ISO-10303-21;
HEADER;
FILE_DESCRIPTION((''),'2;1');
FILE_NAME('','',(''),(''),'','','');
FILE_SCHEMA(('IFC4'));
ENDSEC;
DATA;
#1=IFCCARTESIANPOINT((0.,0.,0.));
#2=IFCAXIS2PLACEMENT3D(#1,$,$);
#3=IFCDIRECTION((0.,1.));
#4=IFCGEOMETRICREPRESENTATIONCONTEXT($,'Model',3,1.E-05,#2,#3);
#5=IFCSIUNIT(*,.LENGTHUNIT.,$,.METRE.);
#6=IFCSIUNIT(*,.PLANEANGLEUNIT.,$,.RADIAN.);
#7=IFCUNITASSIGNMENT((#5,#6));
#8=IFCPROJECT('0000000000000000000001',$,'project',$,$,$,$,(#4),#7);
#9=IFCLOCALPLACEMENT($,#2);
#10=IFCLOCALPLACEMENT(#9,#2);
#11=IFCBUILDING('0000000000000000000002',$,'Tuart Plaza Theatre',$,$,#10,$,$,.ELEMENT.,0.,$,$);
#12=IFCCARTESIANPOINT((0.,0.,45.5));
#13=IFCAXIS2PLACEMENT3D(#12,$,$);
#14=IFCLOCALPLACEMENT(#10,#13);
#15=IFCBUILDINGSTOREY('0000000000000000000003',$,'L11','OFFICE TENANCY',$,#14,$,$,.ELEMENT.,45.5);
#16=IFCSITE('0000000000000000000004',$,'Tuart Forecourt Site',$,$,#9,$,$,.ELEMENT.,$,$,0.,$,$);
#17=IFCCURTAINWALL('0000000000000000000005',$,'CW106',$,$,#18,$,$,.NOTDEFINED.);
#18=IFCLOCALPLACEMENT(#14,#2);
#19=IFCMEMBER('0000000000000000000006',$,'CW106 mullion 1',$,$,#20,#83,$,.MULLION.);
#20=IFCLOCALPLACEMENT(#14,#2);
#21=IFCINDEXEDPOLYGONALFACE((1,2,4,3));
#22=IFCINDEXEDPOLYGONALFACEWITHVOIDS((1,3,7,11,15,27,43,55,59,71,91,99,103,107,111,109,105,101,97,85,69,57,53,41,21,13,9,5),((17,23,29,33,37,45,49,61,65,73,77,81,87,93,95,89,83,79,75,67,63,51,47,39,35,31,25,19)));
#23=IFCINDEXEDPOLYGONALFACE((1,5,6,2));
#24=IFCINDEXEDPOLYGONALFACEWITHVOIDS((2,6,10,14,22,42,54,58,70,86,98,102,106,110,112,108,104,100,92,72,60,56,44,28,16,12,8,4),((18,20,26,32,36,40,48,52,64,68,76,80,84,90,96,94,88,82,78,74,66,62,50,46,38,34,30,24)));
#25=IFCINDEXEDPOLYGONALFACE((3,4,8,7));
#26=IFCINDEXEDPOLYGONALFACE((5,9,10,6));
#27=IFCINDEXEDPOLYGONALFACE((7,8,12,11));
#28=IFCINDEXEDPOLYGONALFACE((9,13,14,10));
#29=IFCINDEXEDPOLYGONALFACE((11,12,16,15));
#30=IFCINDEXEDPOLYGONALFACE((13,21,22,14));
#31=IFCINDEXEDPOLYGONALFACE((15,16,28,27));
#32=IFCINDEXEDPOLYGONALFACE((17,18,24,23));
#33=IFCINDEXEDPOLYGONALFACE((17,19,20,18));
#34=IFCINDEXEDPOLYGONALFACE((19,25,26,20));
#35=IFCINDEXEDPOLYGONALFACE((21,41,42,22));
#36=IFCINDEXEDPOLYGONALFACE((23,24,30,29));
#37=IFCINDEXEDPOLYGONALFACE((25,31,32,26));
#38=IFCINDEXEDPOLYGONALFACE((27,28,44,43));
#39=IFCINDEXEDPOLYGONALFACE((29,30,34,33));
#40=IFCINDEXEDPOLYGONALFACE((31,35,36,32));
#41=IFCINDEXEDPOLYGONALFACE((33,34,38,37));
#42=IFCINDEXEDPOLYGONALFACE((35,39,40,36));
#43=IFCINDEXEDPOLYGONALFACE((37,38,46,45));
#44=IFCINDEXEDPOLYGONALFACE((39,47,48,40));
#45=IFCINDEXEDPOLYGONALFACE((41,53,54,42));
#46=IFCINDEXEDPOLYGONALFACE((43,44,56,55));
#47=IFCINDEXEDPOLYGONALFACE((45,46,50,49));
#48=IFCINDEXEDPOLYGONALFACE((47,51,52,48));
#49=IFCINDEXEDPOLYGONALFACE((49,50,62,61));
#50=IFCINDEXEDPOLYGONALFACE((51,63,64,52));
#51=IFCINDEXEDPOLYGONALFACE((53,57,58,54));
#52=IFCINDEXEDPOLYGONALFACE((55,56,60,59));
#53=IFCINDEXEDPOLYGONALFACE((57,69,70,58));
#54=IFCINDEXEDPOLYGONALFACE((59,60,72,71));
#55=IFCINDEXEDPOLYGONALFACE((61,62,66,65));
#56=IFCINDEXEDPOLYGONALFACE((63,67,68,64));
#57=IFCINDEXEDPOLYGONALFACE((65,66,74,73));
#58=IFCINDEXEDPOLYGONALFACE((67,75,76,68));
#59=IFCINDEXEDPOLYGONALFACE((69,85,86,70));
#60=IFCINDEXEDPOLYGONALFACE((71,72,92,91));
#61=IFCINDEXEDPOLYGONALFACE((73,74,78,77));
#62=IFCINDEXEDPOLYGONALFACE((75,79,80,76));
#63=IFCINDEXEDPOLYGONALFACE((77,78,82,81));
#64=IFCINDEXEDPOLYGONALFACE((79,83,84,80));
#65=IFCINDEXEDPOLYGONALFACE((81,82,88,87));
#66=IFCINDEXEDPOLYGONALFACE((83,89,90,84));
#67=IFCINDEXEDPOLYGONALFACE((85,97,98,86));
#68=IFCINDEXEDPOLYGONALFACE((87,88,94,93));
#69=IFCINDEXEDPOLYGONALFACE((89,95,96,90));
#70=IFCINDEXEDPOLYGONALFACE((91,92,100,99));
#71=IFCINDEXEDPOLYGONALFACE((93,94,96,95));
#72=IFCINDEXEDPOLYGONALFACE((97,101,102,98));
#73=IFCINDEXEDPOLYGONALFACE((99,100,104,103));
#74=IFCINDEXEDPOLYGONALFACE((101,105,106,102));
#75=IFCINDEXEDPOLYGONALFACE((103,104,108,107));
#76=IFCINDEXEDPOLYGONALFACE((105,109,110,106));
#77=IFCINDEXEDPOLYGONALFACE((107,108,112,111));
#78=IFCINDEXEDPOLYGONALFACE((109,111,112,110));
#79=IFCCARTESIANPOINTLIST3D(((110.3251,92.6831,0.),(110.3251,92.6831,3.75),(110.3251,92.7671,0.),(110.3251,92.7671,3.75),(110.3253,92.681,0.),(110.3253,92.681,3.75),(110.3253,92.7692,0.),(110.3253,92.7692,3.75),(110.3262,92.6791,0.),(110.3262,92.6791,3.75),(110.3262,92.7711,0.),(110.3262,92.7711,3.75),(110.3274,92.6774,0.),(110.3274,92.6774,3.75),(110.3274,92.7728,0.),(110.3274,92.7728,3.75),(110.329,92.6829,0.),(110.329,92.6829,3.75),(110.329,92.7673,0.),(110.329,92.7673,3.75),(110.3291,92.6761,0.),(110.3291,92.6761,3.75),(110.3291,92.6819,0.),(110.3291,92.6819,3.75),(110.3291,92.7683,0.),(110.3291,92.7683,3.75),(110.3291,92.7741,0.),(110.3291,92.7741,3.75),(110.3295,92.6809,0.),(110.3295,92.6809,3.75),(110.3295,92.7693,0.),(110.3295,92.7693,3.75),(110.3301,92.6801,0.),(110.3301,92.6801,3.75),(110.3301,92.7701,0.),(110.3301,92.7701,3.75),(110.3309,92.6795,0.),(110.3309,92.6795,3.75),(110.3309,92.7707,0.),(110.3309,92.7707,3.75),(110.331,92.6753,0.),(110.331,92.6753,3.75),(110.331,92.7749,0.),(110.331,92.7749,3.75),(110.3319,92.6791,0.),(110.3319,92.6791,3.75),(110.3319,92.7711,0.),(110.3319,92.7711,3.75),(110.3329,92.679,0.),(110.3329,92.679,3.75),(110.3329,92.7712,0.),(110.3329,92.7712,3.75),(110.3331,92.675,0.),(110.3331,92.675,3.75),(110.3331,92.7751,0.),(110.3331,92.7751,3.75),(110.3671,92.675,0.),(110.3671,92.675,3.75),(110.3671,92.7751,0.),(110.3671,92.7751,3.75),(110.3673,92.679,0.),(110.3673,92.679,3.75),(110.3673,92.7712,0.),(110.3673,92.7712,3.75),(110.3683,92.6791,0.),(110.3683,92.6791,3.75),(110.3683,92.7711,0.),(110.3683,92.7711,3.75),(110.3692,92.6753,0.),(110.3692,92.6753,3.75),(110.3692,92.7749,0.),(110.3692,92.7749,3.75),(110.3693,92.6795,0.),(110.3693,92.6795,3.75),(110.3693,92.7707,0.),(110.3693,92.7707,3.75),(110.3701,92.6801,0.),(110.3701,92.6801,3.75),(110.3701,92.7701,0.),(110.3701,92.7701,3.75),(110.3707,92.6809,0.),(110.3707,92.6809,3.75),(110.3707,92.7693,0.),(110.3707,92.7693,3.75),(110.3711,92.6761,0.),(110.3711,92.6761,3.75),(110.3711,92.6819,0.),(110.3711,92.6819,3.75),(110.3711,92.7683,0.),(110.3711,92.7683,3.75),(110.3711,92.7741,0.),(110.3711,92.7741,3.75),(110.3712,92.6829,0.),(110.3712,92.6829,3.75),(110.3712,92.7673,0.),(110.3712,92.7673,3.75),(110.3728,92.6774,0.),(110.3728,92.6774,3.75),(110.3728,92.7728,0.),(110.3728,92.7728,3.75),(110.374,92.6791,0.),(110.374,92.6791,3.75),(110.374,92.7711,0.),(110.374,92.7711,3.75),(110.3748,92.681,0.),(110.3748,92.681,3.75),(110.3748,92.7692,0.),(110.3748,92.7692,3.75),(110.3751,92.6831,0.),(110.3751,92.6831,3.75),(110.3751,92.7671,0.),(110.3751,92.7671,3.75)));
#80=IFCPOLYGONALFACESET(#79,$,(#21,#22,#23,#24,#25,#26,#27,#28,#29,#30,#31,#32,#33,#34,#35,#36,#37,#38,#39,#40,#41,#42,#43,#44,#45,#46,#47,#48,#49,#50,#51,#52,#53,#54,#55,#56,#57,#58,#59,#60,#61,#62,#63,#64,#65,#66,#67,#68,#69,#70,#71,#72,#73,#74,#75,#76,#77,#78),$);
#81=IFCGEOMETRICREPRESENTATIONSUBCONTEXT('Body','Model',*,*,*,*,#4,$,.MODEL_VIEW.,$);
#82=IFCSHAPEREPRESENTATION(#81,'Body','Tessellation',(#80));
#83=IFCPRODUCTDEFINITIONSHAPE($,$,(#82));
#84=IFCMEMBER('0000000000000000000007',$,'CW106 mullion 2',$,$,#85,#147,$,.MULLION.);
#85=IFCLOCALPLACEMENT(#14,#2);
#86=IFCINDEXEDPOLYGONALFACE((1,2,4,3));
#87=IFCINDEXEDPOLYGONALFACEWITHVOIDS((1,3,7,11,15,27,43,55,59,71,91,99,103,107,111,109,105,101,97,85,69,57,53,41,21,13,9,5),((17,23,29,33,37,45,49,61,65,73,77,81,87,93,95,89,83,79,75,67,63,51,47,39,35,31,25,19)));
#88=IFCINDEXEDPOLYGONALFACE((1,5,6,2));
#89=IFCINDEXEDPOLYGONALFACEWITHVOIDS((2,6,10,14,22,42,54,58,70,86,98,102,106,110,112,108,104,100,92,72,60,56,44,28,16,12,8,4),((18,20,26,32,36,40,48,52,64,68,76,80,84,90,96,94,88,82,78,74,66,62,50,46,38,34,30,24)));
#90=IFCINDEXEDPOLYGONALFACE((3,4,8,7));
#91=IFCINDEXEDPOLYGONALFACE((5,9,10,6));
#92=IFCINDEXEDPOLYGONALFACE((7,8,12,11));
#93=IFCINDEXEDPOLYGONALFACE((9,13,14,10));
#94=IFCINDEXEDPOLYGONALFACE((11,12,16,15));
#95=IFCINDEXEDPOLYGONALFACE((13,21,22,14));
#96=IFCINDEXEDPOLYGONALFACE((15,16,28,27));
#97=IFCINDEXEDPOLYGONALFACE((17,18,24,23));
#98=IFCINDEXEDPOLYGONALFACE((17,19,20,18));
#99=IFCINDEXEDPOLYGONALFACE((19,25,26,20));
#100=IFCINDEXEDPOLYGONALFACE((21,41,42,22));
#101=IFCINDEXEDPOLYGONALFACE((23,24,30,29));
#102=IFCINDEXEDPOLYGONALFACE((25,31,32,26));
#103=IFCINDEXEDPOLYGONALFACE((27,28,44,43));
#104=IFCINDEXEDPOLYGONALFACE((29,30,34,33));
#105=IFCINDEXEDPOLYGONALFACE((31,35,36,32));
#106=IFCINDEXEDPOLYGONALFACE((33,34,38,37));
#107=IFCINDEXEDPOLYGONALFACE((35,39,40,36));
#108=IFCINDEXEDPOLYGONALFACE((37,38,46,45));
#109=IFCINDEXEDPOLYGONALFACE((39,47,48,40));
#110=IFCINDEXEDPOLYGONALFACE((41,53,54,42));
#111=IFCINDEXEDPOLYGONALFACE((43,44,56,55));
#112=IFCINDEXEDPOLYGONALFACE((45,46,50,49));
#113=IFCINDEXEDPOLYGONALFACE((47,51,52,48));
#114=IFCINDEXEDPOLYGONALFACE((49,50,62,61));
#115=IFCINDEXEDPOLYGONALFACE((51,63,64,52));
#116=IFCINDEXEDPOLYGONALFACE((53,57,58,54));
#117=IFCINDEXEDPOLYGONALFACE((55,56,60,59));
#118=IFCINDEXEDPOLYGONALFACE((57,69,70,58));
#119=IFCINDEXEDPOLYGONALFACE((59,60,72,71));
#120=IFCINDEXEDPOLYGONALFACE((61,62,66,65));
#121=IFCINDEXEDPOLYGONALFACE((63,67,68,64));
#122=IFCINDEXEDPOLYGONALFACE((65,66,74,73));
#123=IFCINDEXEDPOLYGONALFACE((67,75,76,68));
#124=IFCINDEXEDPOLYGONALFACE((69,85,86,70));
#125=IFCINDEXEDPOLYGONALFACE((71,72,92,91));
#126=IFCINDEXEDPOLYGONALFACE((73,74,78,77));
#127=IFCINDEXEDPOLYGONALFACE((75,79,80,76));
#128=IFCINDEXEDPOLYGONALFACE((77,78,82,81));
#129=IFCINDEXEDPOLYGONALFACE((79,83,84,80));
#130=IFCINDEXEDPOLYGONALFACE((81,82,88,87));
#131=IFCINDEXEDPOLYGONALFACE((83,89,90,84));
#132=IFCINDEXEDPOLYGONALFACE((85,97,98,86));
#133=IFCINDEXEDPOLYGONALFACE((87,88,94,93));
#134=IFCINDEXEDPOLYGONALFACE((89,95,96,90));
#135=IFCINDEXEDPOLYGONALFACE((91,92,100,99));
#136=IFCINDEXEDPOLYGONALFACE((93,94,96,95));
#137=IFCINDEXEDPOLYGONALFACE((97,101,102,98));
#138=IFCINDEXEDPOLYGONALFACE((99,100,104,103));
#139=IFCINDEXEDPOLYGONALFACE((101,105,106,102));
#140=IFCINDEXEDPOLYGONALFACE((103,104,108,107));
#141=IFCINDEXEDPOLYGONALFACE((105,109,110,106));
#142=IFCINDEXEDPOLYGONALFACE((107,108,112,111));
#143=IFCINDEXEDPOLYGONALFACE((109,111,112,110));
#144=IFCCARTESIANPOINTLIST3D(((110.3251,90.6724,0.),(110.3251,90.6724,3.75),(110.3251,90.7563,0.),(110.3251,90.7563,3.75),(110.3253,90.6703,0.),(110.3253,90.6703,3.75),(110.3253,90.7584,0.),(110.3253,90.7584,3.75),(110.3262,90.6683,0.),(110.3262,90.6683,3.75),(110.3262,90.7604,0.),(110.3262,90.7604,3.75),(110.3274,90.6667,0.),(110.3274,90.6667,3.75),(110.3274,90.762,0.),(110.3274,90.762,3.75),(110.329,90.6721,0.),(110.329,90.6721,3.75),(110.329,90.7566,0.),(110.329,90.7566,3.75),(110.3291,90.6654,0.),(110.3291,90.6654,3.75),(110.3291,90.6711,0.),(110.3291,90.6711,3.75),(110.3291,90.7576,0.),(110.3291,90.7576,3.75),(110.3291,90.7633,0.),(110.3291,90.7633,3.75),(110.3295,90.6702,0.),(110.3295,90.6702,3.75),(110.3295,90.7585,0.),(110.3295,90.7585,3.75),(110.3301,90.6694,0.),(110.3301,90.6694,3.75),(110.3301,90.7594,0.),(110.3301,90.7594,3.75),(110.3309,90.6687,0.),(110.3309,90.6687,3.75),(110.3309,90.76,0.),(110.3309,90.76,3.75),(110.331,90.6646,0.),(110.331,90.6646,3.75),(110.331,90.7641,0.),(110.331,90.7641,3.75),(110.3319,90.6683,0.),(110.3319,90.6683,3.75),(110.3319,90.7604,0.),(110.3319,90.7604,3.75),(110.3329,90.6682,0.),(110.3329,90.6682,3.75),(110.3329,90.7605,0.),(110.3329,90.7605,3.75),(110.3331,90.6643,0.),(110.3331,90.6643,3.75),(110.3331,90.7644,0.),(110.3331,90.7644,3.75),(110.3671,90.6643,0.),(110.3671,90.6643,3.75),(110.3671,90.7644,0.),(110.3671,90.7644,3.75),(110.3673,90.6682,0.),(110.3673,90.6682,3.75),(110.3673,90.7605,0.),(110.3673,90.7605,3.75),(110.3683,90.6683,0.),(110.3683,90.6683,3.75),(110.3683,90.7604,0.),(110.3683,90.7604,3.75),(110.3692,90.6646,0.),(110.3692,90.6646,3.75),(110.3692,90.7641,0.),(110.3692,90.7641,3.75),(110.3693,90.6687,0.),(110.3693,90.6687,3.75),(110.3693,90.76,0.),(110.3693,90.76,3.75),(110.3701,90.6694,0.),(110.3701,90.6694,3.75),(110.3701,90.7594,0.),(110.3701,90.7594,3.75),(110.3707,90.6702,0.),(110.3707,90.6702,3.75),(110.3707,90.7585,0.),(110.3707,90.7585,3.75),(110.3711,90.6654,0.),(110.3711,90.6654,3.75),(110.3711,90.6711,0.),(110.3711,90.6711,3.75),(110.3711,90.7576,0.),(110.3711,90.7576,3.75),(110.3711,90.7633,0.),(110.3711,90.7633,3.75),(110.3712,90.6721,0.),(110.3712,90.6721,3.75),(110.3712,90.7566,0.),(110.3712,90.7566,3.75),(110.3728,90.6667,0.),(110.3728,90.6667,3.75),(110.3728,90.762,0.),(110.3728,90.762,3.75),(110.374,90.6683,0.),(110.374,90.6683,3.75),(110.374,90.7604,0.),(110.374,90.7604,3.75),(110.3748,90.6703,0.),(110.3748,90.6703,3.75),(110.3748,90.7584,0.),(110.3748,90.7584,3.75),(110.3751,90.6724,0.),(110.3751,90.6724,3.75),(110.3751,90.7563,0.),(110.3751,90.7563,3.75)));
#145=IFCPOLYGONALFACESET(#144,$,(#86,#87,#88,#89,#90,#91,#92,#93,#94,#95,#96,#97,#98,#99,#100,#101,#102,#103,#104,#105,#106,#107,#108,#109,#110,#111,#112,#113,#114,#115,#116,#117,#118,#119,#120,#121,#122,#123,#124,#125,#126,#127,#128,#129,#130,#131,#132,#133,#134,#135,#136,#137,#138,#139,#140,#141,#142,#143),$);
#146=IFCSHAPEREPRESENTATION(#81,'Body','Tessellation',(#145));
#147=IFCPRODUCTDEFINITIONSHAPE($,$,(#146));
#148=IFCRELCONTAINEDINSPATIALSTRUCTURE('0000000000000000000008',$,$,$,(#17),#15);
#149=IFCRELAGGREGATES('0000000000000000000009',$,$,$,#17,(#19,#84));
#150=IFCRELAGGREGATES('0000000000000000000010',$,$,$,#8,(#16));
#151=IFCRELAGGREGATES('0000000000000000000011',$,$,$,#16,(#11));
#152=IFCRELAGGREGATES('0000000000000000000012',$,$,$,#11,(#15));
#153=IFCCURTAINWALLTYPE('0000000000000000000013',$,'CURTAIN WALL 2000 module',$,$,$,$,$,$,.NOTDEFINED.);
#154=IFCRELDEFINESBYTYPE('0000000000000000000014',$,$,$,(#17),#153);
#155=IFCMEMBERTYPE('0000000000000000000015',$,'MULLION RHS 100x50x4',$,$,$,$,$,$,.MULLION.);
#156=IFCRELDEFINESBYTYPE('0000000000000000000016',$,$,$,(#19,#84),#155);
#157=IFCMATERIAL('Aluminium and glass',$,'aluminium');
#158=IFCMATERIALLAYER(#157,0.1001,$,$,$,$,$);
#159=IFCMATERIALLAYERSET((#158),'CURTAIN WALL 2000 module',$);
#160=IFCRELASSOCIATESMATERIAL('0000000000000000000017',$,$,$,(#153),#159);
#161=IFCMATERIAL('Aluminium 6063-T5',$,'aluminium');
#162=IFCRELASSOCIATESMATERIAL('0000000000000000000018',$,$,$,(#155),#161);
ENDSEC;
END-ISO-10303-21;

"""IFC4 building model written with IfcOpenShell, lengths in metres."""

from ifc_helpers import new_model, si_unit, direction, frame, origin, origin_2d, place, context, subcontext, project, spatial, hollow_rectangle, extrude, material, layer, layer_set, material_profile, profile_set, type_object, element, aggregate, save


model = new_model("IFC4")

# Units and contexts
model_context = context("Model", 3, precision=1e-05, world=origin(), true_north=direction((0.0, 1.0)))
body_context = subcontext(model_context, "Body", "Model", "MODEL_VIEW")
ifc_project = project(units=[si_unit("LENGTHUNIT", "METRE"), si_unit("PLANEANGLEUNIT", "RADIAN")], contexts=[model_context])

# Site, building, storey
site_placement = place(None, origin())
site = spatial("IfcSite", under=ifc_project, at=site_placement, Name="Tuart Forecourt Site", CompositionType="ELEMENT", RefElevation=0.0)
building_placement = place(site_placement, origin())
building = spatial("IfcBuilding", under=site, at=building_placement, Name="Tuart Plaza Theatre", CompositionType="ELEMENT", ElevationOfRefHeight=0.0)
storey_placement = place(building_placement, frame((0.0, 0.0, 45.5)))
storey = spatial("IfcBuildingStorey", under=building, at=storey_placement, Name="L11", Description="OFFICE TENANCY", CompositionType="ELEMENT", Elevation=45.5)

# Curtain wall, members
ifc_material_1 = material(Name="Aluminium and glass", Category="aluminium")
ifc_layer_1 = layer(ifc_material_1, 0.1001)
ifc_layer_set_1 = layer_set([ifc_layer_1], Name="CURTAIN WALL 2000 module")
curtain_wall_type = type_object("IfcCurtainWallType", Name="CURTAIN WALL 2000 module", PredefinedType="NOTDEFINED", material=ifc_layer_set_1)
curtain_wall_placement = place(storey_placement, origin())
curtain_wall = element("IfcCurtainWall", 1, at=curtain_wall_placement, inside=storey, type_object=curtain_wall_type, Name="CW106", PredefinedType="NOTDEFINED")
ifc_material_2 = material(Name="Aluminium 6063-T5", Category="aluminium")
ifc_material_profile_1 = material_profile(ifc_material_2, hollow_rectangle(XDim=0.05, YDim=0.1001, WallThickness=0.0039, InnerFilletRadius=0.0039, OuterFilletRadius=0.0081, at=origin_2d()), Name="RHS 100x50x4")
ifc_profile_set_1 = profile_set([ifc_material_profile_1], Name="Aluminium 6063-T5")
member_type_1 = type_object("IfcMemberType", Name="MULLION RHS 100x50x4", PredefinedType="MULLION", material=ifc_profile_set_1)
member_1_placement = place(storey_placement, frame((110.3501, 92.7251, 0.0), z_axis=(0.0, 0.0, 1.0), x_axis=(1.0, 0.0, 0.0)))
member_1 = element("IfcMember", 2, at=member_1_placement, type_object=member_type_1, Name="CW106 mullion 1", PredefinedType="MULLION", context=body_context, shape_type="SweptSolid", body=[
    extrude(hollow_rectangle(XDim=0.05, YDim=0.1001, WallThickness=0.0039, InnerFilletRadius=0.0039, OuterFilletRadius=0.0081, at=origin_2d()), origin(), (0.0, 0.0, 1.0), 3.75),
])
member_2_placement = place(storey_placement, frame((110.3501, 90.7144, 0.0), z_axis=(0.0, 0.0, 1.0), x_axis=(1.0, 0.0, 0.0)))
member_2 = element("IfcMember", 3, at=member_2_placement, type_object=member_type_1, Name="CW106 mullion 2", PredefinedType="MULLION", context=body_context, shape_type="SweptSolid", body=[
    extrude(hollow_rectangle(XDim=0.05, YDim=0.1001, WallThickness=0.0039, InnerFilletRadius=0.0039, OuterFilletRadius=0.0081, at=origin_2d()), origin(), (0.0, 0.0, 1.0), 3.75),
])
aggregate(curtain_wall, [member_1, member_2])

save(model, "model.ifc")
